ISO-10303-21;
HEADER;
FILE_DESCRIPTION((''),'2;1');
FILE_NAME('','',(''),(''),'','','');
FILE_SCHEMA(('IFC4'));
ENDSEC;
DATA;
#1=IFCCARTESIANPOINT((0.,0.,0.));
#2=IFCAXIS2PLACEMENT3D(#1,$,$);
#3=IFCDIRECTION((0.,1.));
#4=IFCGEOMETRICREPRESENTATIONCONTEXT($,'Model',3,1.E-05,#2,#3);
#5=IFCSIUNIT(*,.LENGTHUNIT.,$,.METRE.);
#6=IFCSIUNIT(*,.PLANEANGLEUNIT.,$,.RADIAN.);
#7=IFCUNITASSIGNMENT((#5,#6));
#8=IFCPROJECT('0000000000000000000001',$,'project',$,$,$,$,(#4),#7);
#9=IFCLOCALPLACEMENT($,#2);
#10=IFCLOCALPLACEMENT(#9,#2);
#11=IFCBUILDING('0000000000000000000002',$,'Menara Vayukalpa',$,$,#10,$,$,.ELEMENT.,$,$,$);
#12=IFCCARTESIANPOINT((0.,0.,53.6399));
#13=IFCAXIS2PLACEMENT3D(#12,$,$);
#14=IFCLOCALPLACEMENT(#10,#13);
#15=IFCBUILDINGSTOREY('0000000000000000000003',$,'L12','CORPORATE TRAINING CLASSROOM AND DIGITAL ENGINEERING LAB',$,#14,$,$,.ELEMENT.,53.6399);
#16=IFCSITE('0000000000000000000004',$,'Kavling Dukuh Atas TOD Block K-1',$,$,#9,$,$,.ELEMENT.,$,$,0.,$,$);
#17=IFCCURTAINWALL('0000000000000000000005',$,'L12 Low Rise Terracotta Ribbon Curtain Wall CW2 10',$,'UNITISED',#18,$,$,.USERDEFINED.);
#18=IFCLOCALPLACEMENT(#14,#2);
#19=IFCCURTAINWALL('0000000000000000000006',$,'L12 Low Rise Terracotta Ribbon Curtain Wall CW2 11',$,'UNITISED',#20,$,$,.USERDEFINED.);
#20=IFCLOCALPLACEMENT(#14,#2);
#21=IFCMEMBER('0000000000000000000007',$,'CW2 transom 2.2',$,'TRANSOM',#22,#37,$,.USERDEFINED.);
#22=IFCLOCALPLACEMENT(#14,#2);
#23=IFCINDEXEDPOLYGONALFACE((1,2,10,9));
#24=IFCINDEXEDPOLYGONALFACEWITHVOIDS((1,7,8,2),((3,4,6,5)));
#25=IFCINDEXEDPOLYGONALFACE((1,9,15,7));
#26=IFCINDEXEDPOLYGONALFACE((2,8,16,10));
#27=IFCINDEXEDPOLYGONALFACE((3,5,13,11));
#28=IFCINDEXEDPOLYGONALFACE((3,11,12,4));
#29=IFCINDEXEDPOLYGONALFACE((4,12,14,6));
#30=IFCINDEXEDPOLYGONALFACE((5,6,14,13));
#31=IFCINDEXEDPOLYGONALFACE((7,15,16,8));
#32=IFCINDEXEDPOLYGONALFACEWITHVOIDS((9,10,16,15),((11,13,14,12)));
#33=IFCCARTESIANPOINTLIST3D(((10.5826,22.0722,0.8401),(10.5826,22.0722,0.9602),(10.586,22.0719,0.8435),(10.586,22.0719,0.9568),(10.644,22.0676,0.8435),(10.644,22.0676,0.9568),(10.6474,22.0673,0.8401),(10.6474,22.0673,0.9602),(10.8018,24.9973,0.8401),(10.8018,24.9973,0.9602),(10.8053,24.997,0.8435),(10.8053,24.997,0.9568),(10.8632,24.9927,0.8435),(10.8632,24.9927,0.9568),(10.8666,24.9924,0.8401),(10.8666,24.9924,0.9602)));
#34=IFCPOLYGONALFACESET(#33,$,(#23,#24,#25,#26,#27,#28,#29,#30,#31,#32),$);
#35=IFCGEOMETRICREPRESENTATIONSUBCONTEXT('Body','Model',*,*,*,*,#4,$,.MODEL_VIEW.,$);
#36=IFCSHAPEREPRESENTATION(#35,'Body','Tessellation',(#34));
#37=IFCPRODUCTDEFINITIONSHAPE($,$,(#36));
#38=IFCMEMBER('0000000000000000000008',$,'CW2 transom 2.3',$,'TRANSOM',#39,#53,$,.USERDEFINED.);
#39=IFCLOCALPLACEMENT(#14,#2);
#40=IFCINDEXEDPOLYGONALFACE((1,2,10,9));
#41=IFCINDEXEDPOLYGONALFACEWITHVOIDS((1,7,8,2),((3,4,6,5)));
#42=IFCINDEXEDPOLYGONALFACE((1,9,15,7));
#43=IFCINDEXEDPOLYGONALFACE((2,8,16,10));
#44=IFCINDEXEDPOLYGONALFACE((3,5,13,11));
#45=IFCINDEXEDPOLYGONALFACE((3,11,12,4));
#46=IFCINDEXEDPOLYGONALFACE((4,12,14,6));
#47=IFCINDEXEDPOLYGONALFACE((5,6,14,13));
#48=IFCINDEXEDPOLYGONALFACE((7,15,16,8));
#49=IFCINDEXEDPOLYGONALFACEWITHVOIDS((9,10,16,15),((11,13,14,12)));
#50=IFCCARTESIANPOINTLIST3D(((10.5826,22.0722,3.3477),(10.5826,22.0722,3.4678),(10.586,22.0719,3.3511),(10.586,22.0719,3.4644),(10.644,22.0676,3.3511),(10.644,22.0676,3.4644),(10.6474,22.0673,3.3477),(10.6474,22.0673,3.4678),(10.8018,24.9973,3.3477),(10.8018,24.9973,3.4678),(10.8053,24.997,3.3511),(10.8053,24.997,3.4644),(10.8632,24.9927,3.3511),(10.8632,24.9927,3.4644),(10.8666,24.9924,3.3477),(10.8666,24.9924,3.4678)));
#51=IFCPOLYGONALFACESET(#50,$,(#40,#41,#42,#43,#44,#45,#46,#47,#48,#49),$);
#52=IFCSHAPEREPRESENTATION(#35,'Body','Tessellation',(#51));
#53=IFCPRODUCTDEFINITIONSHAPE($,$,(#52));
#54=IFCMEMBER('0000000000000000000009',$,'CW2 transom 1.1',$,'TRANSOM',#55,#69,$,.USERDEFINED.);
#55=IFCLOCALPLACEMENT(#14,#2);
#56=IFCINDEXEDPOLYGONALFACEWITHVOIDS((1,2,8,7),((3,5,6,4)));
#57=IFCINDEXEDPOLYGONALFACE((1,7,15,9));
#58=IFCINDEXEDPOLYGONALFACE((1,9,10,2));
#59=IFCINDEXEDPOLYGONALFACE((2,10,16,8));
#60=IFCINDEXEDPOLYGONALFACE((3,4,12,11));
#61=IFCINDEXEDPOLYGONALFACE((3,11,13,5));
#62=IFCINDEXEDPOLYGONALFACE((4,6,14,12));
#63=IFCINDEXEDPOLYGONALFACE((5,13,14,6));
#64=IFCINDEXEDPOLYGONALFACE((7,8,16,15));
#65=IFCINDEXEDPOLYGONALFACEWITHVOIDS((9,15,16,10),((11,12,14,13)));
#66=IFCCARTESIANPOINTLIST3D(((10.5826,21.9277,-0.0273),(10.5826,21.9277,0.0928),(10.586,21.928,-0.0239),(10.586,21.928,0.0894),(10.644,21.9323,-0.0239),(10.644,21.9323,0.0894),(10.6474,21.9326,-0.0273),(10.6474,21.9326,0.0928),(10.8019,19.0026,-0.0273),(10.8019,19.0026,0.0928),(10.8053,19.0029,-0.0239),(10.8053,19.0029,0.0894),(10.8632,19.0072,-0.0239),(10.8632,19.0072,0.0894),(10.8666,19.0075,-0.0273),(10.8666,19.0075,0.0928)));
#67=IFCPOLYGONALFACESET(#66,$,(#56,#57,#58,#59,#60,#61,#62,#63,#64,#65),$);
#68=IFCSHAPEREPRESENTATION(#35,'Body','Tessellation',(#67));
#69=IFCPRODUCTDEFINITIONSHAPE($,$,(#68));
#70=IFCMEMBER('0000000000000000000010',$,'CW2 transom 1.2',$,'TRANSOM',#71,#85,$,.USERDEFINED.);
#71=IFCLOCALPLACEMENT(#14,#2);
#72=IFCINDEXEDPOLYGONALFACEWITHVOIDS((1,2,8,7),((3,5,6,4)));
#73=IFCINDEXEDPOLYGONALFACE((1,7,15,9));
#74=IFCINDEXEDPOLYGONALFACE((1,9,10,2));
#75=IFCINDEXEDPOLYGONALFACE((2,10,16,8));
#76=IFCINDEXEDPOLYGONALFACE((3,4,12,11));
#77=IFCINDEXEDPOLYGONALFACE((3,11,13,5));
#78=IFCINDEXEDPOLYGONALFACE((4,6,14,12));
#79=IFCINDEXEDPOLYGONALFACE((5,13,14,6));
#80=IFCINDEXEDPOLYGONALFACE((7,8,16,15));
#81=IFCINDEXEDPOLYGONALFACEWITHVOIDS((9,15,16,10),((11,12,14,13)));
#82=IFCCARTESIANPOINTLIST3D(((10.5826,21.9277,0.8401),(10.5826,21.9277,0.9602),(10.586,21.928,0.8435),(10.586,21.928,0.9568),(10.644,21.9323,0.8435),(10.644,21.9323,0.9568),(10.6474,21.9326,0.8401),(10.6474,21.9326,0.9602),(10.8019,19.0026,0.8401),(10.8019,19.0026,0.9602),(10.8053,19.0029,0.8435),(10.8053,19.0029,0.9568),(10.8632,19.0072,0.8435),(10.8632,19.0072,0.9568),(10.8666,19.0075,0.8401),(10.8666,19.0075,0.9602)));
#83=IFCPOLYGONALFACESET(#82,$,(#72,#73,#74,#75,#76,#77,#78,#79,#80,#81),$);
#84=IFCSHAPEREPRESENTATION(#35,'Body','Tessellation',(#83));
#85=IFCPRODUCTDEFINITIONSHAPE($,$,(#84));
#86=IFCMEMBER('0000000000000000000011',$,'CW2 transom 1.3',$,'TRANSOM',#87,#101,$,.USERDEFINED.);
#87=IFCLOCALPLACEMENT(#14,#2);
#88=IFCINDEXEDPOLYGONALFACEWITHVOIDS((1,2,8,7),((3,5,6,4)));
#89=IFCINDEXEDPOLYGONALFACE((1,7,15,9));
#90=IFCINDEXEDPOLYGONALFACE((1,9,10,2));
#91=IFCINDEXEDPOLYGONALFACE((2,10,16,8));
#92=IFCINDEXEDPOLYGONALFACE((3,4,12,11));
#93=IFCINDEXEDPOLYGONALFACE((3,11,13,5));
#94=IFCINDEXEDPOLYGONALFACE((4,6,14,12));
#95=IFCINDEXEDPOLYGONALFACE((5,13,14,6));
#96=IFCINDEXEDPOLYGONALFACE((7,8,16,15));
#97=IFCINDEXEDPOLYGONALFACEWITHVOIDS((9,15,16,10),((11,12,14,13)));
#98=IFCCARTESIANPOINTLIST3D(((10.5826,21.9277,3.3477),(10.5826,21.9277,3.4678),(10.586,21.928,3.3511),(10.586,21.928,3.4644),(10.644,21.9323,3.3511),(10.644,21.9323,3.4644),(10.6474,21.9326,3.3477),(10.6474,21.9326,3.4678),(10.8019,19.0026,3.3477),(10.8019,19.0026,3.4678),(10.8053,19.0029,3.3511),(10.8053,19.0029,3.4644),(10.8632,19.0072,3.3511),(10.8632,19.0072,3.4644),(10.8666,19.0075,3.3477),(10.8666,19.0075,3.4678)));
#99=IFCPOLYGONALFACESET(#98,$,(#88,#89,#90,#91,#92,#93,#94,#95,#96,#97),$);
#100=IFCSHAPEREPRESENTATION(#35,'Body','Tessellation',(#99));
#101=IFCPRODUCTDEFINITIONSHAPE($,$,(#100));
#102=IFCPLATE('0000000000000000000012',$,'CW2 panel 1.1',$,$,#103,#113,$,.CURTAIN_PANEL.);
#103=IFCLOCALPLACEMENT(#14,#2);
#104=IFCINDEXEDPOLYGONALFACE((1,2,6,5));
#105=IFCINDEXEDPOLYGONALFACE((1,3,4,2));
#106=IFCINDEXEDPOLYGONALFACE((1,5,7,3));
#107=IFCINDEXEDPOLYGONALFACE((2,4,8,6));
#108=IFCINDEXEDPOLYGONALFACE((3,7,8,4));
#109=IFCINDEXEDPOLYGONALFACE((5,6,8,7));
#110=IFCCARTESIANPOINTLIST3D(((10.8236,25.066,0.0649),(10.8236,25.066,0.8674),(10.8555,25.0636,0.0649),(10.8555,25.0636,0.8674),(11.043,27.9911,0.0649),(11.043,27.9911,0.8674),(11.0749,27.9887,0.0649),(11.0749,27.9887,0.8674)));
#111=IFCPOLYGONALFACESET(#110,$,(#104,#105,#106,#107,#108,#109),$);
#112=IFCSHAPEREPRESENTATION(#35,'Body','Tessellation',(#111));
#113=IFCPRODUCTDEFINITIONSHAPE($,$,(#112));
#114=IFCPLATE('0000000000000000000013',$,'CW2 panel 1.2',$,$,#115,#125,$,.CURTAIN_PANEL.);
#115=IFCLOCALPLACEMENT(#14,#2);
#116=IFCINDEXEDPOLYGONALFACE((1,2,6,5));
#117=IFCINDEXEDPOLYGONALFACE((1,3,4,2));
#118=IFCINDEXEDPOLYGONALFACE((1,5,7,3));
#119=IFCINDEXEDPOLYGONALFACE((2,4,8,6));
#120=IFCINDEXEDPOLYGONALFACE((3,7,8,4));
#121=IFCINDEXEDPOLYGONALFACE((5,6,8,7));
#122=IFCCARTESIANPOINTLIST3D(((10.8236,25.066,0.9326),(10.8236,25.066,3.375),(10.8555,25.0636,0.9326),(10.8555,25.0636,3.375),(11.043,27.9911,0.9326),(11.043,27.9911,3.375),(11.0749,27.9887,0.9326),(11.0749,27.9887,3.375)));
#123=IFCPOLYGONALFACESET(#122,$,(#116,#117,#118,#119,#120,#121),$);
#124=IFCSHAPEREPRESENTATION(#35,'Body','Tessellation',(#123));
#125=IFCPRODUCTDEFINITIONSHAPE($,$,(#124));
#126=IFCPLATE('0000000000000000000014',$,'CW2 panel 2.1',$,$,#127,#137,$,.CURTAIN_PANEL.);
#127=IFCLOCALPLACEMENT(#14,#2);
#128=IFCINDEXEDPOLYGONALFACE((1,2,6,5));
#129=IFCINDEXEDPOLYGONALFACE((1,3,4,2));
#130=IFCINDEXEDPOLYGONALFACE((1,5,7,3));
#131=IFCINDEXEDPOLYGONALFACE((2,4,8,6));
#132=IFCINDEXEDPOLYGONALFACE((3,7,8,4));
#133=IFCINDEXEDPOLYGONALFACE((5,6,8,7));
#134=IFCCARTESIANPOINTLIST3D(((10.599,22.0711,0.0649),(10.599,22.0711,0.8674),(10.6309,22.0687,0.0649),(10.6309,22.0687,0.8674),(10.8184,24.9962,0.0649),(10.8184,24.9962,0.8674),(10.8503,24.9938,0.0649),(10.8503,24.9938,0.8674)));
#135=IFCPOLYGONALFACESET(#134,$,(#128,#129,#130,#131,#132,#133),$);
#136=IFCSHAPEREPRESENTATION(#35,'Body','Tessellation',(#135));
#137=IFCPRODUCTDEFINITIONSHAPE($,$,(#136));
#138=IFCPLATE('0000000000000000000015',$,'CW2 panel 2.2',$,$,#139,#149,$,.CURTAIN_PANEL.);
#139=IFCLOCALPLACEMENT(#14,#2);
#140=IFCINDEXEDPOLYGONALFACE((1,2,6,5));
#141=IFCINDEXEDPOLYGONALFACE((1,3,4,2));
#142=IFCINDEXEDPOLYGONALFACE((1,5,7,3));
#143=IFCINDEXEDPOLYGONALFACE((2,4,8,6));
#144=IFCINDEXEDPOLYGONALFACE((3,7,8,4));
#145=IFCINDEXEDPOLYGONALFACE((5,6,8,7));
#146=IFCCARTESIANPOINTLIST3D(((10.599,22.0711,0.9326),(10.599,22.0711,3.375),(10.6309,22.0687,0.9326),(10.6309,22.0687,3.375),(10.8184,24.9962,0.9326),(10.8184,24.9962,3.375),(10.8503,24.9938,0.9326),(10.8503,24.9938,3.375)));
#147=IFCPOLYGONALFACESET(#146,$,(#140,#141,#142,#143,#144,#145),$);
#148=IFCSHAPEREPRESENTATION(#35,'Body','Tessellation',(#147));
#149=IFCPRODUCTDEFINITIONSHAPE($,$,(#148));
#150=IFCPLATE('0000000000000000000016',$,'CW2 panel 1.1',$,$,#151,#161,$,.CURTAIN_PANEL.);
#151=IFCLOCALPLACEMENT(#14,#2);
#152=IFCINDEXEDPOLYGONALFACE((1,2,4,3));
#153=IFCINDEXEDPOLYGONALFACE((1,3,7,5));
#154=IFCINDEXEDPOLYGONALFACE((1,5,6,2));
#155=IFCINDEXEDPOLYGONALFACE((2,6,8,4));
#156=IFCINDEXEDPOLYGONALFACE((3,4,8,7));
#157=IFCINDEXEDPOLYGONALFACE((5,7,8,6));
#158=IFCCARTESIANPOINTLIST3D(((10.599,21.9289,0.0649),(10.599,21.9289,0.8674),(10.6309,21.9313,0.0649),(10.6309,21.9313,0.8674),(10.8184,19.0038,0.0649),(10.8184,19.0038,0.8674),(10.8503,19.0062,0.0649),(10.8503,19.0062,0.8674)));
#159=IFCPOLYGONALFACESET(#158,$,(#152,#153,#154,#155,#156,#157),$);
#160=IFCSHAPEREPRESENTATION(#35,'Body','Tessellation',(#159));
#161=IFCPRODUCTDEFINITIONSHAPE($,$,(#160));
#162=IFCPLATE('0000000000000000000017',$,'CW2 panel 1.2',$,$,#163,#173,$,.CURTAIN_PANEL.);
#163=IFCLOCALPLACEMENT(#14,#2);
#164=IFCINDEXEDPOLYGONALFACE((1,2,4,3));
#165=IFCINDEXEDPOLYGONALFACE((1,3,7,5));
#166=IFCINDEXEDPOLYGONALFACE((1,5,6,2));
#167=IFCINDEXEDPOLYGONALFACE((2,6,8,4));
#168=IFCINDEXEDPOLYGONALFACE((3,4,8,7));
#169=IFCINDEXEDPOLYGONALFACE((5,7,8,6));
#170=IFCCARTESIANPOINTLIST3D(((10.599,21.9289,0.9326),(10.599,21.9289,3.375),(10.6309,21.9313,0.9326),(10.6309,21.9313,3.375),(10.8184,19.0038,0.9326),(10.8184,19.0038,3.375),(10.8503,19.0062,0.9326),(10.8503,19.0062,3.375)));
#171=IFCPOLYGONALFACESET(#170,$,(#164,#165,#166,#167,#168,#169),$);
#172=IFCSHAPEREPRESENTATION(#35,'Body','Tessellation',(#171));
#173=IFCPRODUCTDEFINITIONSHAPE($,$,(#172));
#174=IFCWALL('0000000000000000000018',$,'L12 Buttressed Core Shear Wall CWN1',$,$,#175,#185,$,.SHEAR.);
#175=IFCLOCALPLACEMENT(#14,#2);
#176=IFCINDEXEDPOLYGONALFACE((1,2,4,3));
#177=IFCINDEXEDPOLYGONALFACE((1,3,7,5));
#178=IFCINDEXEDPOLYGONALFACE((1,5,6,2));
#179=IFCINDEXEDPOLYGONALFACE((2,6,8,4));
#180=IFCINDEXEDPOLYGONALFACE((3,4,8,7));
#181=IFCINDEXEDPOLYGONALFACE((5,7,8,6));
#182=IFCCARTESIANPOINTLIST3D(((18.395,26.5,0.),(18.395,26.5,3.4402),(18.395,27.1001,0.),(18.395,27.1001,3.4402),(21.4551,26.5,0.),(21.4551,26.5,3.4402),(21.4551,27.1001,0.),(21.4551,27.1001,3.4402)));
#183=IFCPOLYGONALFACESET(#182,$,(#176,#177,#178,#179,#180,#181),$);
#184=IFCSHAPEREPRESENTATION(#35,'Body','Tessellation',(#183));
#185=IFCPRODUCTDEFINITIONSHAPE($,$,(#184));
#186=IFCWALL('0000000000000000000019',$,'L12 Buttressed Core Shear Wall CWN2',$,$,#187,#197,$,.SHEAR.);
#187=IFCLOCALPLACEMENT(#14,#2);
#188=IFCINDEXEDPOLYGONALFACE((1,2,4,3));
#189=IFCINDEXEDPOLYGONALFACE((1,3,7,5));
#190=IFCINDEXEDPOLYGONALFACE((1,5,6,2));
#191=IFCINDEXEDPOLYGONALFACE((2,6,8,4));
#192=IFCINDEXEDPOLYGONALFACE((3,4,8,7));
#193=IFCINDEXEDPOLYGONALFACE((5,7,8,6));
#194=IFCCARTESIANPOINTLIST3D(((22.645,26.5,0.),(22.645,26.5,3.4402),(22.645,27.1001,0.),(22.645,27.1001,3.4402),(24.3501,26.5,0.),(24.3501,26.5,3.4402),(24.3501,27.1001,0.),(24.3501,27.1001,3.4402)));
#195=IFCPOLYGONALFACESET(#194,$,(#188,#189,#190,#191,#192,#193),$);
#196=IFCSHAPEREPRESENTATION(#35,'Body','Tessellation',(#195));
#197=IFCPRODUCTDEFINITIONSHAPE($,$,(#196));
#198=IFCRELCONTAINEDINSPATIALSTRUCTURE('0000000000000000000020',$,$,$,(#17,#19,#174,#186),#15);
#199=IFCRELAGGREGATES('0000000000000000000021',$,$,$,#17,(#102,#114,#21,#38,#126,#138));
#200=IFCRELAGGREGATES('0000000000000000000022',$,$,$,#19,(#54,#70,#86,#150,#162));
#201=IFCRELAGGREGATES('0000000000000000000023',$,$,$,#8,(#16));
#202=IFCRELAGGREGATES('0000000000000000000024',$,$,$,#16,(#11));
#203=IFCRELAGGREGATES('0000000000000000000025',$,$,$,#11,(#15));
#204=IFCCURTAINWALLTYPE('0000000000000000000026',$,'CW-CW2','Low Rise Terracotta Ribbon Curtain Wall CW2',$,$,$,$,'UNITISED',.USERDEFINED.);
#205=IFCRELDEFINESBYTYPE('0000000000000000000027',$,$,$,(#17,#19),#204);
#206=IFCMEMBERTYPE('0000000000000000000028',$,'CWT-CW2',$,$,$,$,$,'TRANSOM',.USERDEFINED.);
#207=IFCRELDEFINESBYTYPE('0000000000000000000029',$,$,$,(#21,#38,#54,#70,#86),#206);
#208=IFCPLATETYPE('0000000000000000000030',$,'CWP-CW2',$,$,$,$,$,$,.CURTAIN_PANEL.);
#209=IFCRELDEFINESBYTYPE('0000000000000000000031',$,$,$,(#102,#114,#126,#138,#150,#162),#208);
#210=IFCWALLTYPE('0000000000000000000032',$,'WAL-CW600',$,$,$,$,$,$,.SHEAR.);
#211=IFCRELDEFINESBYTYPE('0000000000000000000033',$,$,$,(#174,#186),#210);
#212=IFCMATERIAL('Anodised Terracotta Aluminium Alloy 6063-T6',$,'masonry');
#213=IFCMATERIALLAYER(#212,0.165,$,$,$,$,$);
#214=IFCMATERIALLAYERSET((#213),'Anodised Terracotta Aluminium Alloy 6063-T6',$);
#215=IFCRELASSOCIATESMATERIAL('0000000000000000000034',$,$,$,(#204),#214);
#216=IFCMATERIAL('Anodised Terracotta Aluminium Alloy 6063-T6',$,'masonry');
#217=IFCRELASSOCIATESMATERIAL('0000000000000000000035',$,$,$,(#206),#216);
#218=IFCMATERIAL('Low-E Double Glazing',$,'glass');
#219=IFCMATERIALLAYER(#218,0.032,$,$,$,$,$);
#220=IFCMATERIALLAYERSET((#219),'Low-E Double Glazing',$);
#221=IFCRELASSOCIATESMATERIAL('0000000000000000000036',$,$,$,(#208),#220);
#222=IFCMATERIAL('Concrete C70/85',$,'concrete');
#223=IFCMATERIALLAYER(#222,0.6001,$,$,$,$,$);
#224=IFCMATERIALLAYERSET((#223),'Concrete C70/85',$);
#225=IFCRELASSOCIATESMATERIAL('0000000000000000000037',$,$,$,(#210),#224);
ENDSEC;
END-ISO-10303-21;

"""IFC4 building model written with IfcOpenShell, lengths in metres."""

from ifc_helpers import new_model, si_unit, direction, frame, frame_2d, origin, origin_2d, place, context, subcontext, project, spatial, rectangle, hollow_rectangle, extrude, material, layer, layer_set, material_profile, profile_set, type_object, element, aggregate, save


model = new_model("IFC4")

# Units and contexts
model_context = context("Model", 3, precision=1e-05, world=origin(), true_north=direction((0.0, 1.0)))
body_context = subcontext(model_context, "Body", "Model", "MODEL_VIEW")
ifc_project = project(units=[si_unit("LENGTHUNIT", "METRE"), si_unit("PLANEANGLEUNIT", "RADIAN")], contexts=[model_context])

# Site, building, storey
site_placement = place(None, origin())
site = spatial("IfcSite", under=ifc_project, at=site_placement, Name="Kavling Dukuh Atas TOD Block K-1", CompositionType="ELEMENT", RefElevation=0.0)
building_placement = place(site_placement, origin())
building = spatial("IfcBuilding", under=site, at=building_placement, Name="Menara Vayukalpa", CompositionType="ELEMENT")
storey_placement = place(building_placement, frame((0.0, 0.0, 53.6399)))
storey = spatial("IfcBuildingStorey", under=building, at=storey_placement, Name="L12", Description="CORPORATE TRAINING CLASSROOM AND DIGITAL ENGINEERING LAB", CompositionType="ELEMENT", Elevation=53.6399)

# Curtain wall
ifc_material_1 = material(Name="Anodised Terracotta Aluminium Alloy 6063-T6", Category="masonry")
ifc_layer_1 = layer(ifc_material_1, 0.165)
ifc_layer_set_1 = layer_set([ifc_layer_1], Name="Anodised Terracotta Aluminium Alloy 6063-T6")
curtain_wall_type = type_object("IfcCurtainWallType", Name="CW-CW2", Description="Low Rise Terracotta Ribbon Curtain Wall CW2", ElementType="UNITISED", PredefinedType="USERDEFINED", material=ifc_layer_set_1)
curtain_wall_1_placement = place(storey_placement, origin())
curtain_wall_1 = element("IfcCurtainWall", 1, at=curtain_wall_1_placement, inside=storey, type_object=curtain_wall_type, Name="L12 Low Rise Terracotta Ribbon Curtain Wall CW2 10", ObjectType="UNITISED", PredefinedType="USERDEFINED")

# Curtain wall
curtain_wall_2_placement = place(storey_placement, origin())
curtain_wall_2 = element("IfcCurtainWall", 2, at=curtain_wall_2_placement, inside=storey, type_object=curtain_wall_type, Name="L12 Low Rise Terracotta Ribbon Curtain Wall CW2 11", ObjectType="UNITISED", PredefinedType="USERDEFINED")

# Members
ifc_material_2 = material(Name="Anodised Terracotta Aluminium Alloy 6063-T6", Category="masonry")
ifc_material_profile_1 = material_profile(ifc_material_2, hollow_rectangle(XDim=0.0649, YDim=0.1201, WallThickness=0.0034, at=origin_2d()), Name="ALU 65x120x3.5")
ifc_profile_set_1 = profile_set([ifc_material_profile_1], Name="Anodised Terracotta Aluminium Alloy 6063-T6")
member_type_1 = type_object("IfcMemberType", Name="CWT-CW2", ElementType="TRANSOM", PredefinedType="USERDEFINED", material=ifc_profile_set_1)
member_1_placement = place(storey_placement, frame((10.8342, 24.9949, 0.9001), z_axis=(-0.074742, -0.997203, 0.0), x_axis=(0.997203, -0.074742, 0.0)))
member_1 = element("IfcMember", 3, at=member_1_placement, type_object=member_type_1, Name="CW2 transom 2.2", ObjectType="TRANSOM", PredefinedType="USERDEFINED", context=body_context, shape_type="SweptSolid", body=[
    extrude(hollow_rectangle(XDim=0.0649, YDim=0.1201, WallThickness=0.0034, at=origin_2d()), origin(), (0.0, 0.0, 1.0), 2.9333),
])
member_2_placement = place(storey_placement, frame((10.8342, 24.9949, 3.4077), z_axis=(-0.074742, -0.997203, 0.0), x_axis=(0.997203, -0.074742, 0.0)))
member_2 = element("IfcMember", 4, at=member_2_placement, type_object=member_type_1, Name="CW2 transom 2.3", ObjectType="TRANSOM", PredefinedType="USERDEFINED", context=body_context, shape_type="SweptSolid", body=[
    extrude(hollow_rectangle(XDim=0.0649, YDim=0.1201, WallThickness=0.0034, at=origin_2d()), origin(), (0.0, 0.0, 1.0), 2.9333),
])
member_3_placement = place(storey_placement, frame((10.615, 21.9302, 0.0327), z_axis=(0.074742, -0.997203, 0.0), x_axis=(0.997203, 0.074742, 0.0)))
member_3 = element("IfcMember", 5, at=member_3_placement, type_object=member_type_1, Name="CW2 transom 1.1", ObjectType="TRANSOM", PredefinedType="USERDEFINED", context=body_context, shape_type="SweptSolid", body=[
    extrude(hollow_rectangle(XDim=0.0649, YDim=0.1201, WallThickness=0.0034, at=origin_2d()), origin(), (0.0, 0.0, 1.0), 2.9333),
])
member_4_placement = place(storey_placement, frame((10.615, 21.9302, 0.9001), z_axis=(0.074742, -0.997203, 0.0), x_axis=(0.997203, 0.074742, 0.0)))
member_4 = element("IfcMember", 6, at=member_4_placement, type_object=member_type_1, Name="CW2 transom 1.2", ObjectType="TRANSOM", PredefinedType="USERDEFINED", context=body_context, shape_type="SweptSolid", body=[
    extrude(hollow_rectangle(XDim=0.0649, YDim=0.1201, WallThickness=0.0034, at=origin_2d()), origin(), (0.0, 0.0, 1.0), 2.9333),
])
member_5_placement = place(storey_placement, frame((10.615, 21.9302, 3.4077), z_axis=(0.074742, -0.997203, 0.0), x_axis=(0.997203, 0.074742, 0.0)))
member_5 = element("IfcMember", 7, at=member_5_placement, type_object=member_type_1, Name="CW2 transom 1.3", ObjectType="TRANSOM", PredefinedType="USERDEFINED", context=body_context, shape_type="SweptSolid", body=[
    extrude(hollow_rectangle(XDim=0.0649, YDim=0.1201, WallThickness=0.0034, at=origin_2d()), origin(), (0.0, 0.0, 1.0), 2.9333),
])

# Plates
ifc_material_3 = material(Name="Low-E Double Glazing", Category="glass")
ifc_layer_2 = layer(ifc_material_3, 0.032)
ifc_layer_set_2 = layer_set([ifc_layer_2], Name="Low-E Double Glazing")
plate_type = type_object("IfcPlateType", Name="CWP-CW2", PredefinedType="CURTAIN_PANEL", material=ifc_layer_set_2)
plate_1_placement = place(storey_placement, frame((10.9492, 26.5273, 0.0649), z_axis=(0.0, 0.0, 1.0), x_axis=(-0.074795, -0.997199, 0.0)))
plate_1 = element("IfcPlate", 8, at=plate_1_placement, type_object=plate_type, Name="CW2 panel 1.1", PredefinedType="CURTAIN_PANEL", context=body_context, shape_type="SweptSolid", body=[
    extrude(rectangle(XDim=2.9333, YDim=0.032, at=origin_2d()), origin(), (0.0, 0.0, 1.0), 0.8025),
])
plate_2_placement = place(storey_placement, frame((10.9492, 26.5273, 0.9326), z_axis=(0.0, 0.0, 1.0), x_axis=(-0.074795, -0.997199, 0.0)))
plate_2 = element("IfcPlate", 9, at=plate_2_placement, type_object=plate_type, Name="CW2 panel 1.2", PredefinedType="CURTAIN_PANEL", context=body_context, shape_type="SweptSolid", body=[
    extrude(rectangle(XDim=2.9333, YDim=0.032, at=origin_2d()), origin(), (0.0, 0.0, 1.0), 2.4424),
])
plate_3_placement = place(storey_placement, frame((10.7246, 23.5325, 0.0649), z_axis=(0.0, 0.0, 1.0), x_axis=(-0.074795, -0.997199, 0.0)))
plate_3 = element("IfcPlate", 10, at=plate_3_placement, type_object=plate_type, Name="CW2 panel 2.1", PredefinedType="CURTAIN_PANEL", context=body_context, shape_type="SweptSolid", body=[
    extrude(rectangle(XDim=2.9333, YDim=0.032, at=origin_2d()), origin(), (0.0, 0.0, 1.0), 0.8025),
])
plate_4_placement = place(storey_placement, frame((10.7246, 23.5325, 0.9326), z_axis=(0.0, 0.0, 1.0), x_axis=(-0.074795, -0.997199, 0.0)))
plate_4 = element("IfcPlate", 11, at=plate_4_placement, type_object=plate_type, Name="CW2 panel 2.2", PredefinedType="CURTAIN_PANEL", context=body_context, shape_type="SweptSolid", body=[
    extrude(rectangle(XDim=2.9333, YDim=0.032, at=origin_2d()), origin(), (0.0, 0.0, 1.0), 2.4424),
])
aggregate(curtain_wall_1, [plate_1, plate_2, member_1, member_2, plate_3, plate_4])
plate_5_placement = place(storey_placement, frame((10.7246, 20.4675, 0.0649), z_axis=(0.0, 0.0, 1.0), x_axis=(0.074795, -0.997199, 0.0)))
plate_5 = element("IfcPlate", 12, at=plate_5_placement, type_object=plate_type, Name="CW2 panel 1.1", PredefinedType="CURTAIN_PANEL", context=body_context, shape_type="SweptSolid", body=[
    extrude(rectangle(XDim=2.9333, YDim=0.032, at=origin_2d()), origin(), (0.0, 0.0, 1.0), 0.8025),
])
plate_6_placement = place(storey_placement, frame((10.7246, 20.4675, 0.9326), z_axis=(0.0, 0.0, 1.0), x_axis=(0.074795, -0.997199, 0.0)))
plate_6 = element("IfcPlate", 13, at=plate_6_placement, type_object=plate_type, Name="CW2 panel 1.2", PredefinedType="CURTAIN_PANEL", context=body_context, shape_type="SweptSolid", body=[
    extrude(rectangle(XDim=2.9333, YDim=0.032, at=origin_2d()), origin(), (0.0, 0.0, 1.0), 2.4424),
])
aggregate(curtain_wall_2, [member_3, member_4, member_5, plate_5, plate_6])

# Walls
ifc_material_4 = material(Name="Concrete C70/85", Category="concrete")
ifc_layer_3 = layer(ifc_material_4, 0.6001)
ifc_layer_set_3 = layer_set([ifc_layer_3], Name="Concrete C70/85")
wall_type_1 = type_object("IfcWallType", Name="WAL-CW600", PredefinedType="SHEAR", material=ifc_layer_set_3)
wall_1_placement = place(storey_placement, frame((18.395, 26.8, 0.0), z_axis=(0.0, 0.0, 1.0), x_axis=(1.0, 0.0, 0.0)))
element("IfcWall", 14, at=wall_1_placement, inside=storey, type_object=wall_type_1, Name="L12 Buttressed Core Shear Wall CWN1", PredefinedType="SHEAR", context=body_context, shape_type="SweptSolid", body=[
    extrude(rectangle(XDim=3.0601, YDim=0.6001, at=frame_2d((1.53, 0.0))), origin(), (0.0, 0.0, 1.0), 3.4402),
])
wall_2_placement = place(storey_placement, frame((22.645, 26.8, 0.0), z_axis=(0.0, 0.0, 1.0), x_axis=(1.0, 0.0, 0.0)))
element("IfcWall", 15, at=wall_2_placement, inside=storey, type_object=wall_type_1, Name="L12 Buttressed Core Shear Wall CWN2", PredefinedType="SHEAR", context=body_context, shape_type="SweptSolid", body=[
    extrude(rectangle(XDim=1.7051, YDim=0.6001, at=frame_2d((0.8525, 0.0))), origin(), (0.0, 0.0, 1.0), 3.4402),
])

save(model, "model.ifc")
